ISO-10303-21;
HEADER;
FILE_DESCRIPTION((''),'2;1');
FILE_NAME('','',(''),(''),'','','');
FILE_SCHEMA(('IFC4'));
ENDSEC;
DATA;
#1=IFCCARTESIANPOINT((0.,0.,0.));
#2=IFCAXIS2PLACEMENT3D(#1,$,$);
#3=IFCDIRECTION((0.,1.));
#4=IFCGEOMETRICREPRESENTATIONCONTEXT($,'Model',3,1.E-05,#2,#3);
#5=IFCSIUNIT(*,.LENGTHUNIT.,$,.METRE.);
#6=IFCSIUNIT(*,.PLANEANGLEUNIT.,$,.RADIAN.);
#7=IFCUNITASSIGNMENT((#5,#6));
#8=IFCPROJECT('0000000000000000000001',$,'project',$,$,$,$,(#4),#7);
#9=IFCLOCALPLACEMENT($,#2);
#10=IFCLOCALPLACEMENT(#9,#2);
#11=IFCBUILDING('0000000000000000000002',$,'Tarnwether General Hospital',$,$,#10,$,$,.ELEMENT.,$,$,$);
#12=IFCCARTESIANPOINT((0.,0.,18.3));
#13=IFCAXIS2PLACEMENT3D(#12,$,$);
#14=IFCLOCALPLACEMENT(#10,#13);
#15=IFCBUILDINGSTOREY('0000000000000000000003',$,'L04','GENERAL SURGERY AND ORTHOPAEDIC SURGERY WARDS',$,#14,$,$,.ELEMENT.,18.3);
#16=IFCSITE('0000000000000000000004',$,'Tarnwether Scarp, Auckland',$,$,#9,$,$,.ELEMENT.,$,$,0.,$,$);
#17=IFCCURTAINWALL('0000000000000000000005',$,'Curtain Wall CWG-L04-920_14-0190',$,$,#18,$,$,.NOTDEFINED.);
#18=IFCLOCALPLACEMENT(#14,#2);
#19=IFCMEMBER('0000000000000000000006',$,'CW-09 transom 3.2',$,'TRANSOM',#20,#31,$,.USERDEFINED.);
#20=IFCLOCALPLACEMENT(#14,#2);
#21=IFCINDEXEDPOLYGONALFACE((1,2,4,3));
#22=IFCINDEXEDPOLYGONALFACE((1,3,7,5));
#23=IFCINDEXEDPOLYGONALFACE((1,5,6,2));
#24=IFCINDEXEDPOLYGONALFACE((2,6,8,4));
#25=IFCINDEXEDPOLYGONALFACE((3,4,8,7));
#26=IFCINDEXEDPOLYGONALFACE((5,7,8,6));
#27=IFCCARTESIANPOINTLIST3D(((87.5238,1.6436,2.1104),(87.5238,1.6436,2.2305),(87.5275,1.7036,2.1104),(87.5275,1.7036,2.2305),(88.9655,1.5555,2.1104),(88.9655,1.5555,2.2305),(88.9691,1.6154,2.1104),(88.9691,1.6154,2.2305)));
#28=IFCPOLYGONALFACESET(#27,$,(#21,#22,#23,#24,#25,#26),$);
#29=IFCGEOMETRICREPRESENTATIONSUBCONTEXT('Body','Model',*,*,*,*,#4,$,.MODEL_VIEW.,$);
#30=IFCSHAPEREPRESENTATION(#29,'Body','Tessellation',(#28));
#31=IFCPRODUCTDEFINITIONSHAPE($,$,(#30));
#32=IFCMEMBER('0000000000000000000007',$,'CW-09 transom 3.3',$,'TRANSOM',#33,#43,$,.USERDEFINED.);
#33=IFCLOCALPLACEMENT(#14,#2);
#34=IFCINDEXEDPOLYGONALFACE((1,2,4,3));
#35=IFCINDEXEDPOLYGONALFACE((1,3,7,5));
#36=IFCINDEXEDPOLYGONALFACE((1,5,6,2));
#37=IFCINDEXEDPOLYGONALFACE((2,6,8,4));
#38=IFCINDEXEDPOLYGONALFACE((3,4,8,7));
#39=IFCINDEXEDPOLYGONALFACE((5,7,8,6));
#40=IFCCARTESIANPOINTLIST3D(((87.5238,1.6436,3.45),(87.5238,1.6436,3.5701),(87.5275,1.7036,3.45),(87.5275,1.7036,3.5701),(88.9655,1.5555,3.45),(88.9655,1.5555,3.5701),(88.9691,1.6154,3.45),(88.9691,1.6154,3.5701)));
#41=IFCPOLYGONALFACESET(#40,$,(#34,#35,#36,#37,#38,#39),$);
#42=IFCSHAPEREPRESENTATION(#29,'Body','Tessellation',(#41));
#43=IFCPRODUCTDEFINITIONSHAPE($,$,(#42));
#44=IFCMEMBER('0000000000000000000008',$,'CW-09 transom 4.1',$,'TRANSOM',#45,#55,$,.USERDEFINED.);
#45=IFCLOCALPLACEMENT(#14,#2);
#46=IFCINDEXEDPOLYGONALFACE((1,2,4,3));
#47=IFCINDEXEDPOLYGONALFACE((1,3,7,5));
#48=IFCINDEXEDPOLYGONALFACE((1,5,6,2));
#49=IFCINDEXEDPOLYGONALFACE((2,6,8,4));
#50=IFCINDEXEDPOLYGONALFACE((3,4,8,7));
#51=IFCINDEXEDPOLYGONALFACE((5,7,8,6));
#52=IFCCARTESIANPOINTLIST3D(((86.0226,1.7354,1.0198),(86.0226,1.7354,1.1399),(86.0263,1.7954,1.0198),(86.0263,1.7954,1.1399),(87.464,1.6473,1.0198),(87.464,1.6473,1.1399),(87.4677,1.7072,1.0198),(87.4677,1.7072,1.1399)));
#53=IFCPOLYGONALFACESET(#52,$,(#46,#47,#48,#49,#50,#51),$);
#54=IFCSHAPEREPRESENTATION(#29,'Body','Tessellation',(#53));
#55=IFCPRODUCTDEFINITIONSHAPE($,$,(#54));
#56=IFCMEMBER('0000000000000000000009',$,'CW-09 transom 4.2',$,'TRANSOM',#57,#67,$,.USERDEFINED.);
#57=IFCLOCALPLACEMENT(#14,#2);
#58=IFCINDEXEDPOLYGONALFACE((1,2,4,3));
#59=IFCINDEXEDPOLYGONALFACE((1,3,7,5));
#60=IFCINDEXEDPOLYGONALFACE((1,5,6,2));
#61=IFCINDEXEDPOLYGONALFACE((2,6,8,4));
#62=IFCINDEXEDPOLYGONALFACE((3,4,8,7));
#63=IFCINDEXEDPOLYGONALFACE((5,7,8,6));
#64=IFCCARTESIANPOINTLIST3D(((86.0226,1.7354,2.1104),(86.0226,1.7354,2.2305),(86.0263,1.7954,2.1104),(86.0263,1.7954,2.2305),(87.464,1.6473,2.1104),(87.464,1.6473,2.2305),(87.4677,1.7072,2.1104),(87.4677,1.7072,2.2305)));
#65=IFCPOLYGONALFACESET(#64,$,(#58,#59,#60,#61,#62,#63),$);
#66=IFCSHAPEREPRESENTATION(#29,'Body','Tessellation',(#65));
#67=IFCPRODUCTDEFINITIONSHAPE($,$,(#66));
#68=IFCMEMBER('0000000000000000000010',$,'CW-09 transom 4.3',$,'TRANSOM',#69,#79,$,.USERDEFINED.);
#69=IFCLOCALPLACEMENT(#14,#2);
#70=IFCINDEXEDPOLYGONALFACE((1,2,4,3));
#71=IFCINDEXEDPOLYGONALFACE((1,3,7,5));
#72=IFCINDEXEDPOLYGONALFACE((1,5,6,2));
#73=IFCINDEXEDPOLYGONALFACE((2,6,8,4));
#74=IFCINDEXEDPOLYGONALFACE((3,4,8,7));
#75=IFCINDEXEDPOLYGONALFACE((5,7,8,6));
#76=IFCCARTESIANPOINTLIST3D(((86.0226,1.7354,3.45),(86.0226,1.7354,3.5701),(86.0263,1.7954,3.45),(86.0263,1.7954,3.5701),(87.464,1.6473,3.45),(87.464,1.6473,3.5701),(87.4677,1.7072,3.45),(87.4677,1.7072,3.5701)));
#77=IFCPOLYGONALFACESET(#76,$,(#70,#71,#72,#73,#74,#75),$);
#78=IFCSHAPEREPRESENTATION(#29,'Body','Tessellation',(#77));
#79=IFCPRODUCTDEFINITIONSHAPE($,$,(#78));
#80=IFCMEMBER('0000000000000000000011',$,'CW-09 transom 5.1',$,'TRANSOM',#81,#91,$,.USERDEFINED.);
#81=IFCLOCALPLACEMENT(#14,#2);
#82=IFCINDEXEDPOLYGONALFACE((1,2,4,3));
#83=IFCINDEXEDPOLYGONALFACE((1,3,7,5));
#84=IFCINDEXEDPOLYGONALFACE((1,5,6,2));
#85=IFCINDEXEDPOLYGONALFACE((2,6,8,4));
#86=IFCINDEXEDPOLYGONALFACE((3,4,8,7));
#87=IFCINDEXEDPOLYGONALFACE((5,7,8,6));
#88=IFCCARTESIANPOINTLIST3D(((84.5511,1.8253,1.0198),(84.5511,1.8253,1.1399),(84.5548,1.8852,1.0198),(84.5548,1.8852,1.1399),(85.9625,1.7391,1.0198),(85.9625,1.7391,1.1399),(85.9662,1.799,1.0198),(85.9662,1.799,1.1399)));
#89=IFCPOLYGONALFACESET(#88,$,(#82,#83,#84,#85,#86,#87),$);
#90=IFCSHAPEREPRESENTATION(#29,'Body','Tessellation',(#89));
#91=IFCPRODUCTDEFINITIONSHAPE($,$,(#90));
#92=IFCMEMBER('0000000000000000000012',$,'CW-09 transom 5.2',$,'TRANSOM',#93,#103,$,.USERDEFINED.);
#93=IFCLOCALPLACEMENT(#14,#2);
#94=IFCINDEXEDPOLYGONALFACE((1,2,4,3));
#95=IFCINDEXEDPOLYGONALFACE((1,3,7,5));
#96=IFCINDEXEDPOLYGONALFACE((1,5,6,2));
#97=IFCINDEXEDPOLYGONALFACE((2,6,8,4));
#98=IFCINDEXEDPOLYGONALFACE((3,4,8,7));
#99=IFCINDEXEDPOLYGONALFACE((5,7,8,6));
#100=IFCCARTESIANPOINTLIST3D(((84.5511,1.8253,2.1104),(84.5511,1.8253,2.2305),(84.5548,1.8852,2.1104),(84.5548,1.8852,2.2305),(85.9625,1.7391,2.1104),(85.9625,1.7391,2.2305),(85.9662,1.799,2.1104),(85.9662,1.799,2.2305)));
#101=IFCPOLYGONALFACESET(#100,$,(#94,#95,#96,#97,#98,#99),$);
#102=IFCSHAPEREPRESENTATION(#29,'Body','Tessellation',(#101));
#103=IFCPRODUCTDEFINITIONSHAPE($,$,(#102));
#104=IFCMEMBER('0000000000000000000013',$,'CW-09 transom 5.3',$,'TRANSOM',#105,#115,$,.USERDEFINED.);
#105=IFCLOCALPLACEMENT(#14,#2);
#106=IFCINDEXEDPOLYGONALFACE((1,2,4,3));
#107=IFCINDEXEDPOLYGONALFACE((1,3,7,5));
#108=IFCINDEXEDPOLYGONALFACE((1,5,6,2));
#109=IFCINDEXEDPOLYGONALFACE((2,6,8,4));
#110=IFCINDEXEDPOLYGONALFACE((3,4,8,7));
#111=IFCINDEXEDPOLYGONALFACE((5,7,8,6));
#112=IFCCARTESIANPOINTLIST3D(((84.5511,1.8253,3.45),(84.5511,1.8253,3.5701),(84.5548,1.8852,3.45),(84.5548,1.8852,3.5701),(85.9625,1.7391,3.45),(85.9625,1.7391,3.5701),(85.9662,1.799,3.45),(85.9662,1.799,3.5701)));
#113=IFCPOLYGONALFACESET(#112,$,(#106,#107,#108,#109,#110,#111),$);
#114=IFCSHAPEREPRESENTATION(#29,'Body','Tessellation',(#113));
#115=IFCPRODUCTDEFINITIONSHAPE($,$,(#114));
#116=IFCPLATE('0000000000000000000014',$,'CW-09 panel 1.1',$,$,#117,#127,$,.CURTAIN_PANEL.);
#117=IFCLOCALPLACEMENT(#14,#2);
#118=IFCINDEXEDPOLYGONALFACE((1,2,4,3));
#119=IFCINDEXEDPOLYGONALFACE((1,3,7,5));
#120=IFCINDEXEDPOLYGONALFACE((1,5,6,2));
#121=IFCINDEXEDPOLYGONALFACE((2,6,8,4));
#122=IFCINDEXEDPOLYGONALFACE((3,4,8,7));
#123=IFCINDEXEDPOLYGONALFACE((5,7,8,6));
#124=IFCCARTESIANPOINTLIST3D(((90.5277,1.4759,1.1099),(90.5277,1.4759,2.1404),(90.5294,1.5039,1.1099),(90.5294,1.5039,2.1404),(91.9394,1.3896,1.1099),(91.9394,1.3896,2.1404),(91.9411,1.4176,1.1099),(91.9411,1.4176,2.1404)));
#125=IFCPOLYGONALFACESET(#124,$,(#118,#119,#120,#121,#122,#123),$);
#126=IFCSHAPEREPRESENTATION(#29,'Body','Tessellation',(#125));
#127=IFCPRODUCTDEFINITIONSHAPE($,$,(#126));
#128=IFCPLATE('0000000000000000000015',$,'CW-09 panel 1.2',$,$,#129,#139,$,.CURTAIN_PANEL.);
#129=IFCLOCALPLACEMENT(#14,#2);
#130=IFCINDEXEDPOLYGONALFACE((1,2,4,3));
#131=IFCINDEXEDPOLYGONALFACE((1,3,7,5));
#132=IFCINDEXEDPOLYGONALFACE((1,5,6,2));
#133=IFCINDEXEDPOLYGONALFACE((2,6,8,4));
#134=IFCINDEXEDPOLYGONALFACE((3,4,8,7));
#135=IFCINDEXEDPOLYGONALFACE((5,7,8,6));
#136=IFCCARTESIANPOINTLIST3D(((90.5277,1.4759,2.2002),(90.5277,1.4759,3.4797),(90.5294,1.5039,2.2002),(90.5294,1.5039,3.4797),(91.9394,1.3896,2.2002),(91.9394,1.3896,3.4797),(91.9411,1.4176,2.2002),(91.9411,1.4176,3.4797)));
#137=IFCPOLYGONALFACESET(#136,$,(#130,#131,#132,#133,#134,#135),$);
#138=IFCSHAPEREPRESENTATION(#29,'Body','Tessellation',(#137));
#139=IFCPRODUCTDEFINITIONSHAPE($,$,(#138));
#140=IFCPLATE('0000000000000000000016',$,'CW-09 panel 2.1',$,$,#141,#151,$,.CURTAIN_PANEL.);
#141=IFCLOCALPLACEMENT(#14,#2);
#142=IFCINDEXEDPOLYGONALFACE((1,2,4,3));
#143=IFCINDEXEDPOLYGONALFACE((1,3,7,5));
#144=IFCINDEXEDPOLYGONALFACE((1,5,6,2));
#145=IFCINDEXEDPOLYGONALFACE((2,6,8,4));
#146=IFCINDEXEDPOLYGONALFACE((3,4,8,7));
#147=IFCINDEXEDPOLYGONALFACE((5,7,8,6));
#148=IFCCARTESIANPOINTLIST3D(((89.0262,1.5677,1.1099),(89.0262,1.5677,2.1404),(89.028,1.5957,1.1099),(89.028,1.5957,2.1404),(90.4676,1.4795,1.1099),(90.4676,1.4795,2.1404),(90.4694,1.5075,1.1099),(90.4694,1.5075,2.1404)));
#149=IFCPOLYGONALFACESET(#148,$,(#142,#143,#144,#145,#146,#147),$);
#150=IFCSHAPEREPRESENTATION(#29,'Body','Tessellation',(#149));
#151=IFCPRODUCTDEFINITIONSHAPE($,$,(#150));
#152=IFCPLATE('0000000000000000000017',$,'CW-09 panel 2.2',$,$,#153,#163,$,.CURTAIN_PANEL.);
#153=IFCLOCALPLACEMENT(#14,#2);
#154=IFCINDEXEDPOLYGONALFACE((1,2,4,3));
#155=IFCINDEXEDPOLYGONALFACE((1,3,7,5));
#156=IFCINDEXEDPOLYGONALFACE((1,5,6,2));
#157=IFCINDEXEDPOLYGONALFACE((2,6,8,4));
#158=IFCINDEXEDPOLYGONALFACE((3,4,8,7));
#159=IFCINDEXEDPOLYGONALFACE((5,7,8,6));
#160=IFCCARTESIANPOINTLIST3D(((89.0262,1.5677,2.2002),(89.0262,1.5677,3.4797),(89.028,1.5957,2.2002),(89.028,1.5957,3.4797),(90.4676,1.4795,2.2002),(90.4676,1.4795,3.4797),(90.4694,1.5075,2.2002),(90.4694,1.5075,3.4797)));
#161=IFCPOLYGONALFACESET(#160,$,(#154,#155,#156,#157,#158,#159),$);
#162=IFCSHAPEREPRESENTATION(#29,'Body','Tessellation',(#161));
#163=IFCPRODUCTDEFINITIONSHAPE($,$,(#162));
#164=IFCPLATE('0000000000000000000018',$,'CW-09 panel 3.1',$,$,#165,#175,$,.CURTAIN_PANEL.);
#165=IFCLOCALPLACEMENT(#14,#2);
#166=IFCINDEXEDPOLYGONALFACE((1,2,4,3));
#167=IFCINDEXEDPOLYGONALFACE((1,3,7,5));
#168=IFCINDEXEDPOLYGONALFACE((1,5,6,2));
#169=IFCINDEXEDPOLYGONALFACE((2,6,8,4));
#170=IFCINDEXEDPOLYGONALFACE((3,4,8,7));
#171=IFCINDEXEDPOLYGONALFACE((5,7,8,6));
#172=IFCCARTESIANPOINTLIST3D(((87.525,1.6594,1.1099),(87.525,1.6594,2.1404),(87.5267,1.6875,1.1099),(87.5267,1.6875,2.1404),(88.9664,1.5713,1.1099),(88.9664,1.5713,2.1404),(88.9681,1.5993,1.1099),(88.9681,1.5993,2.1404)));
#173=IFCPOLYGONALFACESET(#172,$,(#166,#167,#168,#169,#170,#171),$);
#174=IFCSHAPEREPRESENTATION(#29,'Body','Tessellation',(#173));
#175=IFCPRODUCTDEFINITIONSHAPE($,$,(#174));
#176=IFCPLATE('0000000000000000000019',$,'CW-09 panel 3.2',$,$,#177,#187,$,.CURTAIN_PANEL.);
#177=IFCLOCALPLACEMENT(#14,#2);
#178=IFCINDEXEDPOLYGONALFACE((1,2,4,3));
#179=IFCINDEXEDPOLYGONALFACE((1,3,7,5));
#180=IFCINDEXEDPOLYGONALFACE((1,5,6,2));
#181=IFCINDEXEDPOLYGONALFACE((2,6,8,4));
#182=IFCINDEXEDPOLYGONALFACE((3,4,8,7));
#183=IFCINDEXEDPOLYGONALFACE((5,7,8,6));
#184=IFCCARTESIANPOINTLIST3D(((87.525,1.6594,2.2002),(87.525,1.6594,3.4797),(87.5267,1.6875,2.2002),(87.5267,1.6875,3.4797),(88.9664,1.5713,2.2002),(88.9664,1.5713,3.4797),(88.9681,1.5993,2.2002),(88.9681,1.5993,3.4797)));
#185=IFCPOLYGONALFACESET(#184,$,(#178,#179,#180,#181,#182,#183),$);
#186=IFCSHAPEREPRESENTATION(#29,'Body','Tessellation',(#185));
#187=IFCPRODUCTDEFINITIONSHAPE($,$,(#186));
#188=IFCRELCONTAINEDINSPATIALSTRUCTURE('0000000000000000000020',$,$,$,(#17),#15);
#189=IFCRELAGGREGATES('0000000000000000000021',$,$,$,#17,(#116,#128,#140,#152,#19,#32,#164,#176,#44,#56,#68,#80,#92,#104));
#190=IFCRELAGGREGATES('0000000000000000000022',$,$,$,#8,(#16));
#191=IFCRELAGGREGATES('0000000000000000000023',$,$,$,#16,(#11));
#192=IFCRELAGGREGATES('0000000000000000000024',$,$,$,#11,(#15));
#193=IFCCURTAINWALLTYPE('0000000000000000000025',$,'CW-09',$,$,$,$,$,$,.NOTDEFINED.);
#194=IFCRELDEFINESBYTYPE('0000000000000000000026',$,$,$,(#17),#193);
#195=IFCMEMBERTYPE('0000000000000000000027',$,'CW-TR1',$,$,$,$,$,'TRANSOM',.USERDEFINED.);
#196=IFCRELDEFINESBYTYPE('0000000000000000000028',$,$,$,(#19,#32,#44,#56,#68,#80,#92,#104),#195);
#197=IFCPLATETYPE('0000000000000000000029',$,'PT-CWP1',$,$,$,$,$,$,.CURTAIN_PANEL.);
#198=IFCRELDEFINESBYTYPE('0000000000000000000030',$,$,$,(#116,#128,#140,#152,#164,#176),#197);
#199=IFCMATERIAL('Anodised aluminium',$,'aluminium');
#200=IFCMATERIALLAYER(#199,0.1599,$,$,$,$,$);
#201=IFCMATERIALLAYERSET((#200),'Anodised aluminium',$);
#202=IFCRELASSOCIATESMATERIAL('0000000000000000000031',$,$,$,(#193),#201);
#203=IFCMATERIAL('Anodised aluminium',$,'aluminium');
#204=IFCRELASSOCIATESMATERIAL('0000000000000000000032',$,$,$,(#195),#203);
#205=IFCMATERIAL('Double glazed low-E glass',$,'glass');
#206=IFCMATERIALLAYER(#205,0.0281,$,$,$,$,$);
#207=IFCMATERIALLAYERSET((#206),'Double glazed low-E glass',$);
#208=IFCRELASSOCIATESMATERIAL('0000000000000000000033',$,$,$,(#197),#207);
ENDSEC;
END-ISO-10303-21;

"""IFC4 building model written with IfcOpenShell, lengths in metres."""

from ifc_helpers import new_model, si_unit, direction, frame, origin, origin_2d, place, context, subcontext, project, spatial, rectangle, extrude, material, layer, layer_set, material_profile, profile_set, type_object, element, aggregate, save


model = new_model("IFC4")

# Units and contexts
model_context = context("Model", 3, precision=1e-05, world=origin(), true_north=direction((0.0, 1.0)))
body_context = subcontext(model_context, "Body", "Model", "MODEL_VIEW")
ifc_project = project(units=[si_unit("LENGTHUNIT", "METRE"), si_unit("PLANEANGLEUNIT", "RADIAN")], contexts=[model_context])

# Site, building, storey
site_placement = place(None, origin())
site = spatial("IfcSite", under=ifc_project, at=site_placement, Name="Tarnwether Scarp, Auckland", CompositionType="ELEMENT", RefElevation=0.0)
building_placement = place(site_placement, origin())
building = spatial("IfcBuilding", under=site, at=building_placement, Name="Tarnwether General Hospital", CompositionType="ELEMENT")
storey_placement = place(building_placement, frame((0.0, 0.0, 18.3)))
storey = spatial("IfcBuildingStorey", under=building, at=storey_placement, Name="L04", Description="GENERAL SURGERY AND ORTHOPAEDIC SURGERY WARDS", CompositionType="ELEMENT", Elevation=18.3)

# Curtain wall
ifc_material_1 = material(Name="Anodised aluminium", Category="aluminium")
ifc_layer_1 = layer(ifc_material_1, 0.1599)
ifc_layer_set_1 = layer_set([ifc_layer_1], Name="Anodised aluminium")
curtain_wall_type = type_object("IfcCurtainWallType", Name="CW-09", PredefinedType="NOTDEFINED", material=ifc_layer_set_1)
curtain_wall_1_placement = place(storey_placement, origin())
curtain_wall_1 = element("IfcCurtainWall", 1, at=curtain_wall_1_placement, inside=storey, type_object=curtain_wall_type, Name="Curtain Wall CWG-L04-920_14-0190", PredefinedType="NOTDEFINED")

# Members
ifc_material_2 = material(Name="Anodised aluminium", Category="aluminium")
ifc_material_profile_1 = material_profile(ifc_material_2, rectangle(XDim=0.0601, YDim=0.1201, at=origin_2d()), Name="ALU-TRN-60x120")
ifc_profile_set_1 = profile_set([ifc_material_profile_1], Name="Anodised aluminium")
member_type_1 = type_object("IfcMemberType", Name="CW-TR1", ElementType="TRANSOM", PredefinedType="USERDEFINED", material=ifc_profile_set_1)
member_1_placement = place(storey_placement, frame((88.9673, 1.5854, 2.1704), z_axis=(-0.998137, 0.061021, 0.0), x_axis=(-0.061021, -0.998137, 0.0)))
member_1 = element("IfcMember", 2, at=member_1_placement, type_object=member_type_1, Name="CW-09 transom 3.2", ObjectType="TRANSOM", PredefinedType="USERDEFINED", context=body_context, shape_type="SweptSolid", body=[
    extrude(rectangle(XDim=0.0601, YDim=0.1201, at=origin_2d()), origin(), (0.0, 0.0, 1.0), 1.4443),
])
member_2_placement = place(storey_placement, frame((88.9673, 1.5854, 3.51), z_axis=(-0.998137, 0.061021, 0.0), x_axis=(-0.061021, -0.998137, 0.0)))
member_2 = element("IfcMember", 3, at=member_2_placement, type_object=member_type_1, Name="CW-09 transom 3.3", ObjectType="TRANSOM", PredefinedType="USERDEFINED", context=body_context, shape_type="SweptSolid", body=[
    extrude(rectangle(XDim=0.0601, YDim=0.1201, at=origin_2d()), origin(), (0.0, 0.0, 1.0), 1.4443),
])
member_3_placement = place(storey_placement, frame((87.4658, 1.6772, 1.0798), z_axis=(-0.998136, 0.061031, 0.0), x_axis=(-0.061031, -0.998136, 0.0)))
member_3 = element("IfcMember", 4, at=member_3_placement, type_object=member_type_1, Name="CW-09 transom 4.1", ObjectType="TRANSOM", PredefinedType="USERDEFINED", context=body_context, shape_type="SweptSolid", body=[
    extrude(rectangle(XDim=0.0601, YDim=0.1201, at=origin_2d()), origin(), (0.0, 0.0, 1.0), 1.4441),
])
member_4_placement = place(storey_placement, frame((87.4658, 1.6772, 2.1704), z_axis=(-0.998136, 0.061031, 0.0), x_axis=(-0.061031, -0.998136, 0.0)))
member_4 = element("IfcMember", 5, at=member_4_placement, type_object=member_type_1, Name="CW-09 transom 4.2", ObjectType="TRANSOM", PredefinedType="USERDEFINED", context=body_context, shape_type="SweptSolid", body=[
    extrude(rectangle(XDim=0.0601, YDim=0.1201, at=origin_2d()), origin(), (0.0, 0.0, 1.0), 1.4441),
])
member_5_placement = place(storey_placement, frame((87.4658, 1.6772, 3.51), z_axis=(-0.998136, 0.061031, 0.0), x_axis=(-0.061031, -0.998136, 0.0)))
member_5 = element("IfcMember", 6, at=member_5_placement, type_object=member_type_1, Name="CW-09 transom 4.3", ObjectType="TRANSOM", PredefinedType="USERDEFINED", context=body_context, shape_type="SweptSolid", body=[
    extrude(rectangle(XDim=0.0601, YDim=0.1201, at=origin_2d()), origin(), (0.0, 0.0, 1.0), 1.4441),
])
member_6_placement = place(storey_placement, frame((85.9644, 1.769, 1.0798), z_axis=(-0.998141, 0.060949, 0.0), x_axis=(-0.060949, -0.998141, 0.0)))
member_6 = element("IfcMember", 7, at=member_6_placement, type_object=member_type_1, Name="CW-09 transom 5.1", ObjectType="TRANSOM", PredefinedType="USERDEFINED", context=body_context, shape_type="SweptSolid", body=[
    extrude(rectangle(XDim=0.0601, YDim=0.1201, at=origin_2d()), origin(), (0.0, 0.0, 1.0), 1.4141),
])
member_7_placement = place(storey_placement, frame((85.9644, 1.769, 2.1704), z_axis=(-0.998141, 0.060949, 0.0), x_axis=(-0.060949, -0.998141, 0.0)))
member_7 = element("IfcMember", 8, at=member_7_placement, type_object=member_type_1, Name="CW-09 transom 5.2", ObjectType="TRANSOM", PredefinedType="USERDEFINED", context=body_context, shape_type="SweptSolid", body=[
    extrude(rectangle(XDim=0.0601, YDim=0.1201, at=origin_2d()), origin(), (0.0, 0.0, 1.0), 1.4141),
])
member_8_placement = place(storey_placement, frame((85.9644, 1.769, 3.51), z_axis=(-0.998141, 0.060949, 0.0), x_axis=(-0.060949, -0.998141, 0.0)))
member_8 = element("IfcMember", 9, at=member_8_placement, type_object=member_type_1, Name="CW-09 transom 5.3", ObjectType="TRANSOM", PredefinedType="USERDEFINED", context=body_context, shape_type="SweptSolid", body=[
    extrude(rectangle(XDim=0.0601, YDim=0.1201, at=origin_2d()), origin(), (0.0, 0.0, 1.0), 1.4141),
])

# Plates
ifc_material_3 = material(Name="Double glazed low-E glass", Category="glass")
ifc_layer_2 = layer(ifc_material_3, 0.0281)
ifc_layer_set_2 = layer_set([ifc_layer_2], Name="Double glazed low-E glass")
plate_type = type_object("IfcPlateType", Name="PT-CWP1", PredefinedType="CURTAIN_PANEL", material=ifc_layer_set_2)
plate_1_placement = place(storey_placement, frame((91.2344, 1.4468, 1.1099), z_axis=(0.0, 0.0, 1.0), x_axis=(-0.998136, 0.061029, 0.0)))
plate_1 = element("IfcPlate", 10, at=plate_1_placement, type_object=plate_type, Name="CW-09 panel 1.1", PredefinedType="CURTAIN_PANEL", context=body_context, shape_type="SweptSolid", body=[
    extrude(rectangle(XDim=1.4143, YDim=0.0281, at=origin_2d()), origin(), (0.0, 0.0, 1.0), 1.0305),
])
plate_2_placement = place(storey_placement, frame((91.2344, 1.4468, 2.2002), z_axis=(0.0, 0.0, 1.0), x_axis=(-0.998136, 0.061029, 0.0)))
plate_2 = element("IfcPlate", 11, at=plate_2_placement, type_object=plate_type, Name="CW-09 panel 1.2", PredefinedType="CURTAIN_PANEL", context=body_context, shape_type="SweptSolid", body=[
    extrude(rectangle(XDim=1.4143, YDim=0.0281, at=origin_2d()), origin(), (0.0, 0.0, 1.0), 1.2795),
])
plate_3_placement = place(storey_placement, frame((89.7478, 1.5376, 1.1099), z_axis=(0.0, 0.0, 1.0), x_axis=(-0.998136, 0.061029, 0.0)))
plate_3 = element("IfcPlate", 12, at=plate_3_placement, type_object=plate_type, Name="CW-09 panel 2.1", PredefinedType="CURTAIN_PANEL", context=body_context, shape_type="SweptSolid", body=[
    extrude(rectangle(XDim=1.4441, YDim=0.0281, at=origin_2d()), origin(), (0.0, 0.0, 1.0), 1.0305),
])
plate_4_placement = place(storey_placement, frame((89.7478, 1.5376, 2.2002), z_axis=(0.0, 0.0, 1.0), x_axis=(-0.998136, 0.061029, 0.0)))
plate_4 = element("IfcPlate", 13, at=plate_4_placement, type_object=plate_type, Name="CW-09 panel 2.2", PredefinedType="CURTAIN_PANEL", context=body_context, shape_type="SweptSolid", body=[
    extrude(rectangle(XDim=1.4441, YDim=0.0281, at=origin_2d()), origin(), (0.0, 0.0, 1.0), 1.2795),
])
plate_5_placement = place(storey_placement, frame((88.2466, 1.6294, 1.1099), z_axis=(0.0, 0.0, 1.0), x_axis=(-0.998136, 0.061029, 0.0)))
plate_5 = element("IfcPlate", 14, at=plate_5_placement, type_object=plate_type, Name="CW-09 panel 3.1", PredefinedType="CURTAIN_PANEL", context=body_context, shape_type="SweptSolid", body=[
    extrude(rectangle(XDim=1.4441, YDim=0.0281, at=origin_2d()), origin(), (0.0, 0.0, 1.0), 1.0305),
])
plate_6_placement = place(storey_placement, frame((88.2466, 1.6294, 2.2002), z_axis=(0.0, 0.0, 1.0), x_axis=(-0.998136, 0.061029, 0.0)))
plate_6 = element("IfcPlate", 15, at=plate_6_placement, type_object=plate_type, Name="CW-09 panel 3.2", PredefinedType="CURTAIN_PANEL", context=body_context, shape_type="SweptSolid", body=[
    extrude(rectangle(XDim=1.4441, YDim=0.0281, at=origin_2d()), origin(), (0.0, 0.0, 1.0), 1.2795),
])
aggregate(curtain_wall_1, [plate_1, plate_2, plate_3, plate_4, member_1, member_2, plate_5, plate_6, member_3, member_4, member_5, member_6, member_7, member_8])

save(model, "model.ifc")
